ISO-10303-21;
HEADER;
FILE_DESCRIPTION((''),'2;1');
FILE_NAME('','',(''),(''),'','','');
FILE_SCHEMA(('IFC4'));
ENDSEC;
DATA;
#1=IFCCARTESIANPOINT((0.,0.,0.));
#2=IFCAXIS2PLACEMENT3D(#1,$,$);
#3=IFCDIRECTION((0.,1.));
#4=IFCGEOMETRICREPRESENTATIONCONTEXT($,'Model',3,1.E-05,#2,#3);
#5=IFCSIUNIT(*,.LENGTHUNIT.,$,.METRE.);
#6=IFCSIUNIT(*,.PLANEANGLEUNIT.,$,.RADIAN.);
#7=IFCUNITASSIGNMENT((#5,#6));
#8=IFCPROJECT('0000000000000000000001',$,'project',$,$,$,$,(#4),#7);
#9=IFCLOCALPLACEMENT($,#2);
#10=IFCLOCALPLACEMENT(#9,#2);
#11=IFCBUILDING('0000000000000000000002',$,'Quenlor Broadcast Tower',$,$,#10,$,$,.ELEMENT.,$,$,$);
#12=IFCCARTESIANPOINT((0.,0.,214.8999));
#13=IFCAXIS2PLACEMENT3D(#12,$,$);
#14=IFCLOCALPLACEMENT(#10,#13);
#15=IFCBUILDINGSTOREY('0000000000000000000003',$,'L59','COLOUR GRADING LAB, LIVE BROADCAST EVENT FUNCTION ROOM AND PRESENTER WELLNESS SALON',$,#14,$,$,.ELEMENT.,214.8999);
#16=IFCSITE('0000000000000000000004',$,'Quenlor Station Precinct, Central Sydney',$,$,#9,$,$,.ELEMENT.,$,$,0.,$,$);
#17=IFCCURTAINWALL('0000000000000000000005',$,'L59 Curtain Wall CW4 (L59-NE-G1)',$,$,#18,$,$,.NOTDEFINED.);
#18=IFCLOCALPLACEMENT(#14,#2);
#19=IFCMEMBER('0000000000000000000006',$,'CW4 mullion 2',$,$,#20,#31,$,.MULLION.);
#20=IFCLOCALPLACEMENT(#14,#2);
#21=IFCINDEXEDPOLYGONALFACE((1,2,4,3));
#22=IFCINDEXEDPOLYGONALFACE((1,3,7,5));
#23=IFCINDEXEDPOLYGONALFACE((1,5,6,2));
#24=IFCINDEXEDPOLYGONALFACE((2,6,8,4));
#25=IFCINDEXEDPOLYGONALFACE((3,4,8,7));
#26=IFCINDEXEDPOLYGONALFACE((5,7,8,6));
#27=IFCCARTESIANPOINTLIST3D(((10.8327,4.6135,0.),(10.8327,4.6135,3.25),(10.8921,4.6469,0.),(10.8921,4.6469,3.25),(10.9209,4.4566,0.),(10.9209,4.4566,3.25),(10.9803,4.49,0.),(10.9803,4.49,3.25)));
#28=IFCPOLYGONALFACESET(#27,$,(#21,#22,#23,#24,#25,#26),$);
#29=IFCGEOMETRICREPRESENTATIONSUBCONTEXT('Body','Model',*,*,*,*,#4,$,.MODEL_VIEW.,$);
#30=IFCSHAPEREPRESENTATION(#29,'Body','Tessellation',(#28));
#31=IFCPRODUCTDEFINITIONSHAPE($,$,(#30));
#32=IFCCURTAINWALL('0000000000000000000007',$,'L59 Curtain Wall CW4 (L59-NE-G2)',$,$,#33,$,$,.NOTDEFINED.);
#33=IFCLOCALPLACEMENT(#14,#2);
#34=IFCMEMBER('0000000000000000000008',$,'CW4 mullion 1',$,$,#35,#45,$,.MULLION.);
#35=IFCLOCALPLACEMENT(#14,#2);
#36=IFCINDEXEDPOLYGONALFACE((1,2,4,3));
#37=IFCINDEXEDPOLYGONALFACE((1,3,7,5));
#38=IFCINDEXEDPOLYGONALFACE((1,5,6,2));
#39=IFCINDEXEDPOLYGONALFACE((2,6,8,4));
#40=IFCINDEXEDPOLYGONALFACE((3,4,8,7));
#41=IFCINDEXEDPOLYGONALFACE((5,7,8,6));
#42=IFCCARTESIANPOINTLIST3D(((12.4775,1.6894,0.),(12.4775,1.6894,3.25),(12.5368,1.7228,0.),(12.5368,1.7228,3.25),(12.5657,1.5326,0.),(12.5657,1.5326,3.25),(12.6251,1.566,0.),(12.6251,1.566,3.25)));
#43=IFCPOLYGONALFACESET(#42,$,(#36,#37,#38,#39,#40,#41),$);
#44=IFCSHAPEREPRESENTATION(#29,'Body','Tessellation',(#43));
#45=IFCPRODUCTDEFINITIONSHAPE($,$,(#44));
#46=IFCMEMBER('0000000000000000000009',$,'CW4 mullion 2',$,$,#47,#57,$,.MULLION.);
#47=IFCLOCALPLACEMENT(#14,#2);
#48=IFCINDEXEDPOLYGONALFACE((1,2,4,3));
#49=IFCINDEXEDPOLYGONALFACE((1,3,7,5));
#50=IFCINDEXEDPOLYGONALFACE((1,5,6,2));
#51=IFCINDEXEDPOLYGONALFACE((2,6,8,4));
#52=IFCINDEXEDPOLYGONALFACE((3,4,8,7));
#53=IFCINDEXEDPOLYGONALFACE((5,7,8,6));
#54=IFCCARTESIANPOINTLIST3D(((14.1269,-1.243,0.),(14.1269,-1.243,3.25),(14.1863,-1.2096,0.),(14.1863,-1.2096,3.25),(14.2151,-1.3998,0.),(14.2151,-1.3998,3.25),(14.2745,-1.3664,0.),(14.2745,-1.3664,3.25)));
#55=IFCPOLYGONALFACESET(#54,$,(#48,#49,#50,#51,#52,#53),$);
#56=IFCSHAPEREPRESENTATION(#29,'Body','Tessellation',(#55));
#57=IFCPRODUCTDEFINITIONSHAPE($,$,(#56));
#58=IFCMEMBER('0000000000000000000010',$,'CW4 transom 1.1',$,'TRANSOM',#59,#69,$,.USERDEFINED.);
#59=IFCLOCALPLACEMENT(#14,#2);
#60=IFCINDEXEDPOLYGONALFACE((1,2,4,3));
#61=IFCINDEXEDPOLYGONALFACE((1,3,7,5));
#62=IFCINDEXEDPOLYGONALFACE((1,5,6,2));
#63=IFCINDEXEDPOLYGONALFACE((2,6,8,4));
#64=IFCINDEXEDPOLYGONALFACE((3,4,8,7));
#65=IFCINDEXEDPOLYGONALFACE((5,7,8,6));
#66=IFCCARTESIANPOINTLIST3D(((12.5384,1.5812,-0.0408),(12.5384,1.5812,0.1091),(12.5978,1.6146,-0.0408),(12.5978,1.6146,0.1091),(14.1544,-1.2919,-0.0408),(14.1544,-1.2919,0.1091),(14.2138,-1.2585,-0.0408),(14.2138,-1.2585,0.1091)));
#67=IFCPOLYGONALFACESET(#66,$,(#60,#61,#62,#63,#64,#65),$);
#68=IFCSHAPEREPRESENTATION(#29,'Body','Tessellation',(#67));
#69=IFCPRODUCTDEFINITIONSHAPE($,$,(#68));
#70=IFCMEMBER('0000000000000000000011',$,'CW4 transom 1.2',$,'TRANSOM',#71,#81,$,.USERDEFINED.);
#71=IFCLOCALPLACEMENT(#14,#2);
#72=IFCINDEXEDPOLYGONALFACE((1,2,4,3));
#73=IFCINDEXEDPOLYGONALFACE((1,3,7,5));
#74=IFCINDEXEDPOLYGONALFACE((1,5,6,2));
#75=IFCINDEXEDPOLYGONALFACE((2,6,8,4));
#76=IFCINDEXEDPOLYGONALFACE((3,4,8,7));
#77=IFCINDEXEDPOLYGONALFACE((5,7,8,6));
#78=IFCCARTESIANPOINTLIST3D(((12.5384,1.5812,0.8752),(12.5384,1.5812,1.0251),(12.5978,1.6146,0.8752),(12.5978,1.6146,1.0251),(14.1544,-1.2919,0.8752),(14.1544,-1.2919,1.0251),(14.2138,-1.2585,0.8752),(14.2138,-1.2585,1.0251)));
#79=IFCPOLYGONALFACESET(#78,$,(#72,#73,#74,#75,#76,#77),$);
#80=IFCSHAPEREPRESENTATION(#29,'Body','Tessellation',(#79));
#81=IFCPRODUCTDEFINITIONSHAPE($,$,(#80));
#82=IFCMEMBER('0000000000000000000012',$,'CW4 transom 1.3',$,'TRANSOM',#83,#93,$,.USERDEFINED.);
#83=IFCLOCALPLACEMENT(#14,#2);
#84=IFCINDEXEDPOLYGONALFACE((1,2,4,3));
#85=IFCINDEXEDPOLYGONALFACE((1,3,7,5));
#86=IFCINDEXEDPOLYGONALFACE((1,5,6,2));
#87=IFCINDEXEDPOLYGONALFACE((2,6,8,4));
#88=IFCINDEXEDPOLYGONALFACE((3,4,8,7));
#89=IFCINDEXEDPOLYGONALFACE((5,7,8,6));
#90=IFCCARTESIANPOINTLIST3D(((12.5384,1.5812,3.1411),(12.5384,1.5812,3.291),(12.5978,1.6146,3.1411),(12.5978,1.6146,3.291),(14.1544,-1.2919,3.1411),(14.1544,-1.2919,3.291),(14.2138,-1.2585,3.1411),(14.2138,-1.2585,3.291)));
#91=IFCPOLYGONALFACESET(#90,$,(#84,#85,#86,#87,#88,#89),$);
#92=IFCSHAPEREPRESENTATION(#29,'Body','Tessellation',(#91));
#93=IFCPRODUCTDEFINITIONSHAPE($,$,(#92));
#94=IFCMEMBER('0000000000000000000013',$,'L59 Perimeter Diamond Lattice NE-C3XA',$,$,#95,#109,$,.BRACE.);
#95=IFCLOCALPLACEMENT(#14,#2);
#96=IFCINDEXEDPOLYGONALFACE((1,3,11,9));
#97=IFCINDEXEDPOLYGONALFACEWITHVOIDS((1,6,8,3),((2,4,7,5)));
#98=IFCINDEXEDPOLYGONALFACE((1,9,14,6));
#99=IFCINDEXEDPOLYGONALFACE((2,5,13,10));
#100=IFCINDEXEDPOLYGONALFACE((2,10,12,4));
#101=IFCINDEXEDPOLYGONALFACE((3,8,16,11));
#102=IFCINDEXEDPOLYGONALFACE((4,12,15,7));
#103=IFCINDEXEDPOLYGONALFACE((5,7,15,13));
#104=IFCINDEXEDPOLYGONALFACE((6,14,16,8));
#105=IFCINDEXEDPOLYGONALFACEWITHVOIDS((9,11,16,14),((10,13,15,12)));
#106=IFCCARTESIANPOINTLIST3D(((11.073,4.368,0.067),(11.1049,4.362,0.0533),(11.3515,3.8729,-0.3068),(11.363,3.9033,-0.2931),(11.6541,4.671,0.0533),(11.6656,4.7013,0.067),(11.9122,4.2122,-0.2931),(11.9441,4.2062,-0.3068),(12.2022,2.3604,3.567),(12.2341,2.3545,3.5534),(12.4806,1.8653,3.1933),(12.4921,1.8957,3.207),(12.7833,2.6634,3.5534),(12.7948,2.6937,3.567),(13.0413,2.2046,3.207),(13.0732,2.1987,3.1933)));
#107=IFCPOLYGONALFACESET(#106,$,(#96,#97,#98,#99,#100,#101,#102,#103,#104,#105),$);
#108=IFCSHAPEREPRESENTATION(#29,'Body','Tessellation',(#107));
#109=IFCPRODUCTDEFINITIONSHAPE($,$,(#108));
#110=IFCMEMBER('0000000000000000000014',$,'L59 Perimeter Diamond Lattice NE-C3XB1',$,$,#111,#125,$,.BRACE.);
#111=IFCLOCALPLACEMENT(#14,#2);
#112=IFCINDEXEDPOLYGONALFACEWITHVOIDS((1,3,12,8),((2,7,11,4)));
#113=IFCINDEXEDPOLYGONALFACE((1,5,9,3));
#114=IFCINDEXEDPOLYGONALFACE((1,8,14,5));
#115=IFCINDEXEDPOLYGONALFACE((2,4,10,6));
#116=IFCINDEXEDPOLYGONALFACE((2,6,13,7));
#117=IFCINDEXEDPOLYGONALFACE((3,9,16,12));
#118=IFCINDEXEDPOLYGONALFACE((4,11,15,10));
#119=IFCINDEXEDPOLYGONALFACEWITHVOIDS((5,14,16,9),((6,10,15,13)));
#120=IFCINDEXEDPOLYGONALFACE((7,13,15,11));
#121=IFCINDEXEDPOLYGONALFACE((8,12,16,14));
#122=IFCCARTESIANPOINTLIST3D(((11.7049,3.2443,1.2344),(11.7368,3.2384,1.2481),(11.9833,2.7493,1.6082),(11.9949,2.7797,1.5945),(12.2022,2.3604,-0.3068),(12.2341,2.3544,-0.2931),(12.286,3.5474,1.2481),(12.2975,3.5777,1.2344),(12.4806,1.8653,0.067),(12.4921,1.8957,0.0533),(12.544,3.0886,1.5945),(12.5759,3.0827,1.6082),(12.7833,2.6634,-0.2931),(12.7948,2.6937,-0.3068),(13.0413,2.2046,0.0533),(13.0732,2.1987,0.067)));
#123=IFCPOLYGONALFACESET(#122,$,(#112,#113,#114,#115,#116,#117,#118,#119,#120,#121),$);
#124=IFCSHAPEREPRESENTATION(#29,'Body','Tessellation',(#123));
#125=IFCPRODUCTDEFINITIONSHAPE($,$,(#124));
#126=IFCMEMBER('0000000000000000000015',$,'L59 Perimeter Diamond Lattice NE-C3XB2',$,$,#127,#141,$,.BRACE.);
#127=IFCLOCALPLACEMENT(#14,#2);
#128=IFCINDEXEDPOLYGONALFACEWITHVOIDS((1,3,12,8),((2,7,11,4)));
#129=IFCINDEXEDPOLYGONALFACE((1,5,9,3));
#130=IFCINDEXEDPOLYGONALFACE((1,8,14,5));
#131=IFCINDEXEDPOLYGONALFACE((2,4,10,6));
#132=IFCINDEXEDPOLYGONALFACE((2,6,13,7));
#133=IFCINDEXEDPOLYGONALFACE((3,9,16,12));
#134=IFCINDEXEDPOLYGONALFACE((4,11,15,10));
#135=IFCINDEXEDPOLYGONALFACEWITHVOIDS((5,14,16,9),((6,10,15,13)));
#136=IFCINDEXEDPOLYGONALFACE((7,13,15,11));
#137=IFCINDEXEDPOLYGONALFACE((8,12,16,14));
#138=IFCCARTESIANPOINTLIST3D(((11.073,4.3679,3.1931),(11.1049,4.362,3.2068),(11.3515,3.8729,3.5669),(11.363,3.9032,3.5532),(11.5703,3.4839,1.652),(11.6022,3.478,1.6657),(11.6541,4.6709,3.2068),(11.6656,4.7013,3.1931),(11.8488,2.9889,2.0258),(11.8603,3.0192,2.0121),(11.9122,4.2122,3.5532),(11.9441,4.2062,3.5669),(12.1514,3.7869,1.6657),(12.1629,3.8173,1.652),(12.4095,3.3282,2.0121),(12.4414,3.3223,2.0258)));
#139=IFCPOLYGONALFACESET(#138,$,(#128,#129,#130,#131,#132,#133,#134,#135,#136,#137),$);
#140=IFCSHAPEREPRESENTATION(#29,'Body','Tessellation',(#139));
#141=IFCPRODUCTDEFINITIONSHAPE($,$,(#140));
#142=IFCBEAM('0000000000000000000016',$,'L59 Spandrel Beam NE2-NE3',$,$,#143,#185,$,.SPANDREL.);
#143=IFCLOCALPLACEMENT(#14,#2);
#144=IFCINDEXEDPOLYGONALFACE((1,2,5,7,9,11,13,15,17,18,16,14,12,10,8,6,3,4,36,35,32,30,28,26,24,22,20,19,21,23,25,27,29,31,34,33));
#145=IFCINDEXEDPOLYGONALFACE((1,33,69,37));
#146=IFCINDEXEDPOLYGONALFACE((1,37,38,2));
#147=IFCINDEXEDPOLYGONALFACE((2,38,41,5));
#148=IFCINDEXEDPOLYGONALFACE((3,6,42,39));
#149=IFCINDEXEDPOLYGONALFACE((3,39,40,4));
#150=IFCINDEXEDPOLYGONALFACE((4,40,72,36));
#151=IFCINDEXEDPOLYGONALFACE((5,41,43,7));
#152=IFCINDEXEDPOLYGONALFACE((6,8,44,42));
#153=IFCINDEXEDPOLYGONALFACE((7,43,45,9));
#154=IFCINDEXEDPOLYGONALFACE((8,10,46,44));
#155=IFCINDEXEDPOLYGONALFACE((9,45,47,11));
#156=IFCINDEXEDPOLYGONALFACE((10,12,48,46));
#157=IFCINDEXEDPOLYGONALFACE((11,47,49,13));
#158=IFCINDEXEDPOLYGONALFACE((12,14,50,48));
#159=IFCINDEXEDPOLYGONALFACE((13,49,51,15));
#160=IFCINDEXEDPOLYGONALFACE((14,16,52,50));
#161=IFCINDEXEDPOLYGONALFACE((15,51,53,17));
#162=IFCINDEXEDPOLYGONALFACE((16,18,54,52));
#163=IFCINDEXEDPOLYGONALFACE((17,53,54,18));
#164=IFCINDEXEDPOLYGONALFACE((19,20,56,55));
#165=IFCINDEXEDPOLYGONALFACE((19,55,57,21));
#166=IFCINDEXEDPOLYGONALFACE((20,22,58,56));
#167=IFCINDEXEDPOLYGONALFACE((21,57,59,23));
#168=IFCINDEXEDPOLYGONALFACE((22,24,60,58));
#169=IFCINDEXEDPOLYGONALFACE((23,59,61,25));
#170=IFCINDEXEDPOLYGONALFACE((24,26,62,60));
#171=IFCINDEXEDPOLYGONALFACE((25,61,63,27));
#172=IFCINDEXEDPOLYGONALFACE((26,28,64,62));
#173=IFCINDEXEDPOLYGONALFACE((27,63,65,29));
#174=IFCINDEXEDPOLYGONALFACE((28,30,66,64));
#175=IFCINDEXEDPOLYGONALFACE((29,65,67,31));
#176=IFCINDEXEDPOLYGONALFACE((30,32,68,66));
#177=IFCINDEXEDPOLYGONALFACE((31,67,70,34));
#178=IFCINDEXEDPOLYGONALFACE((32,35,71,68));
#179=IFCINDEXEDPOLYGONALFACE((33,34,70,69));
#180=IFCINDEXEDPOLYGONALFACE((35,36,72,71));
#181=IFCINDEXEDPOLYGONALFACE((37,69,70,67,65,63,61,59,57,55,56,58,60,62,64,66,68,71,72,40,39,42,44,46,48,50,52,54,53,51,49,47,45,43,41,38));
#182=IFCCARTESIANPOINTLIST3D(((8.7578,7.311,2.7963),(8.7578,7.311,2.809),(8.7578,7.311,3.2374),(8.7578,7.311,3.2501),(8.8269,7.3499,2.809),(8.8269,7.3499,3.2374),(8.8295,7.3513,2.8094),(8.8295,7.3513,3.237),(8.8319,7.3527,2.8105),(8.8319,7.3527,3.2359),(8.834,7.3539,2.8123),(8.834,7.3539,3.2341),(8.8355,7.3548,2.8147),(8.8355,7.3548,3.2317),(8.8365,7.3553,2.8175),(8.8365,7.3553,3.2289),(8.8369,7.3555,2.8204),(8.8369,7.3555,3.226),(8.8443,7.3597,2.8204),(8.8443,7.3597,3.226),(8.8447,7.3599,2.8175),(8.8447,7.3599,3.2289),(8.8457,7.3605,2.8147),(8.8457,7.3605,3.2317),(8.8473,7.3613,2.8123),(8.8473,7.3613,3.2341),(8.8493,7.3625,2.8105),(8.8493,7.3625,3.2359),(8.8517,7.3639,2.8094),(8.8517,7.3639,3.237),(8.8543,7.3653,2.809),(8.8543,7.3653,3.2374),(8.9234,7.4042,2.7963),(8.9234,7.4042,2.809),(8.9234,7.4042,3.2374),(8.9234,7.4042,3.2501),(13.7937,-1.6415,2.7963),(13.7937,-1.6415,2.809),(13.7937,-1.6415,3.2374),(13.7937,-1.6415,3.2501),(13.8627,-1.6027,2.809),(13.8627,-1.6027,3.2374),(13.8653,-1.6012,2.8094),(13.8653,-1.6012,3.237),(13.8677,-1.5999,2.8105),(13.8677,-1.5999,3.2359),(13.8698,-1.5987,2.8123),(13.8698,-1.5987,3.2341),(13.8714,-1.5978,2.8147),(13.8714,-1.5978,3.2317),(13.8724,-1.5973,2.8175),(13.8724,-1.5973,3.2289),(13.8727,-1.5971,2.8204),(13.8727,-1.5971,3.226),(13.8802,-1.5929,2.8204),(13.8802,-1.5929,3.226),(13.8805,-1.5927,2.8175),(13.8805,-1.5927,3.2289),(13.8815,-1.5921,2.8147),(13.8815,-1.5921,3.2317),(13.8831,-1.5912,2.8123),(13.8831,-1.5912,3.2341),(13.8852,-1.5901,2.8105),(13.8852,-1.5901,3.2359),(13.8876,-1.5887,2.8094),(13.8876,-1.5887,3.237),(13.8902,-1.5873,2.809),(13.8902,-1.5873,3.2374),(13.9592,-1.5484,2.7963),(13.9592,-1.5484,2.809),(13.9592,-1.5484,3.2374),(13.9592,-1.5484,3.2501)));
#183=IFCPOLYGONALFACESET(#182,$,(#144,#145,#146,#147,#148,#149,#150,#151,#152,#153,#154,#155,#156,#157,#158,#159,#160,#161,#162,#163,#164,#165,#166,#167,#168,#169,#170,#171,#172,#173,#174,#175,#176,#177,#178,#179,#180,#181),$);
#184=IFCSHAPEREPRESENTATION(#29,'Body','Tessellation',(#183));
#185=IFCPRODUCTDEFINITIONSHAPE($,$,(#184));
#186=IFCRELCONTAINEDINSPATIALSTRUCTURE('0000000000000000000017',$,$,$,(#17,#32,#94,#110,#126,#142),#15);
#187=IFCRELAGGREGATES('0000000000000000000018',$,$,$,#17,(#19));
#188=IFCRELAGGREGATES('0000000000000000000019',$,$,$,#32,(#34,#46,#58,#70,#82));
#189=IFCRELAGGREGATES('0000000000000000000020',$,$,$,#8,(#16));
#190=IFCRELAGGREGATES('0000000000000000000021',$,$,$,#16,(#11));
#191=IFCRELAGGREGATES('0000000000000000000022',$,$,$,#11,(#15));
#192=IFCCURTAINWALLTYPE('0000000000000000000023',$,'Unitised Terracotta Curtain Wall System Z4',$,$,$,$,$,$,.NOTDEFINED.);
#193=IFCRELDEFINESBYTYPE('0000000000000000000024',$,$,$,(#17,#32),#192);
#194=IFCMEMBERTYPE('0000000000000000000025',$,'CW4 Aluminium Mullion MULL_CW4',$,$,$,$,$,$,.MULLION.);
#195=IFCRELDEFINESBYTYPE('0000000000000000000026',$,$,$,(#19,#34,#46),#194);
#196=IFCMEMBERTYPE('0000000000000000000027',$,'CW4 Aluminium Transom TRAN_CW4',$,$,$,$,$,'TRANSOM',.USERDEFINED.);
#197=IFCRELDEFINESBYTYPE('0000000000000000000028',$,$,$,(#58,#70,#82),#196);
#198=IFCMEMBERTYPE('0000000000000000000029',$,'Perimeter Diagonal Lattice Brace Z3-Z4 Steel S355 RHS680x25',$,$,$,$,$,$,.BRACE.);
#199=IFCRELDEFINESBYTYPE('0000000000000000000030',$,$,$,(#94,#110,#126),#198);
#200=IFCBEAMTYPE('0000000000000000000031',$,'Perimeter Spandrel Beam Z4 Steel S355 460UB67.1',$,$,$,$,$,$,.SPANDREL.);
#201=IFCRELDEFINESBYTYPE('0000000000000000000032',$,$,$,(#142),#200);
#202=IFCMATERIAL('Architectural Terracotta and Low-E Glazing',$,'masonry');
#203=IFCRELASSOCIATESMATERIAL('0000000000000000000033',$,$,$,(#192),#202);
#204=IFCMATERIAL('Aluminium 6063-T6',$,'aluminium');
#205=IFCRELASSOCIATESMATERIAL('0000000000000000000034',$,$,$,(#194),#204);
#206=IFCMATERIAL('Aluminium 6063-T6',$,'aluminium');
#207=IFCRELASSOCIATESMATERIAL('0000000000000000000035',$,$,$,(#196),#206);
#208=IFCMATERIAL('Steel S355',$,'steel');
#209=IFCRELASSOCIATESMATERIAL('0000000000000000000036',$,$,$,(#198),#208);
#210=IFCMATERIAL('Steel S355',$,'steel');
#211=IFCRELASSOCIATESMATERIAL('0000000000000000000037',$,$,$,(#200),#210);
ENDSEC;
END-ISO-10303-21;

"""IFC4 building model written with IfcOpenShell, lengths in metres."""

from ifc_helpers import new_model, si_unit, direction, frame, origin, origin_2d, place, context, subcontext, project, spatial, rectangle, hollow_rectangle, i_section, extrude, material, material_profile, profile_set, type_object, element, aggregate, save


model = new_model("IFC4")

# Units and contexts
model_context = context("Model", 3, precision=1e-05, world=origin(), true_north=direction((0.0, 1.0)))
body_context = subcontext(model_context, "Body", "Model", "MODEL_VIEW")
ifc_project = project(units=[si_unit("LENGTHUNIT", "METRE"), si_unit("PLANEANGLEUNIT", "RADIAN")], contexts=[model_context])

# Site, building, storey
site_placement = place(None, origin())
site = spatial("IfcSite", under=ifc_project, at=site_placement, Name="Quenlor Station Precinct, Central Sydney", CompositionType="ELEMENT", RefElevation=0.0)
building_placement = place(site_placement, origin())
building = spatial("IfcBuilding", under=site, at=building_placement, Name="Quenlor Broadcast Tower", CompositionType="ELEMENT")
storey_placement = place(building_placement, frame((0.0, 0.0, 214.8999)))
storey = spatial("IfcBuildingStorey", under=building, at=storey_placement, Name="L59", Description="COLOUR GRADING LAB, LIVE BROADCAST EVENT FUNCTION ROOM AND PRESENTER WELLNESS SALON", CompositionType="ELEMENT", Elevation=214.8999)

# Curtain wall, member
ifc_material_1 = material(Name="Architectural Terracotta and Low-E Glazing", Category="masonry")
curtain_wall_type = type_object("IfcCurtainWallType", Name="Unitised Terracotta Curtain Wall System Z4", PredefinedType="NOTDEFINED", material=ifc_material_1)
curtain_wall_1_placement = place(storey_placement, origin())
curtain_wall_1 = element("IfcCurtainWall", 1, at=curtain_wall_1_placement, inside=storey, type_object=curtain_wall_type, Name="L59 Curtain Wall CW4 (L59-NE-G1)", PredefinedType="NOTDEFINED")
ifc_material_2 = material(Name="Aluminium 6063-T6", Category="aluminium")
ifc_material_profile_1 = material_profile(ifc_material_2, rectangle(XDim=0.0681, YDim=0.1799, at=origin_2d()))
ifc_profile_set_1 = profile_set([ifc_material_profile_1], Name="Aluminium 6063-T6 MULL68x180")
member_type_1 = type_object("IfcMemberType", Name="CW4 Aluminium Mullion MULL_CW4", PredefinedType="MULLION", material=ifc_profile_set_1)
member_1_placement = place(storey_placement, frame((10.9065, 4.5518, 0.0), z_axis=(0.0, 0.0, 1.0), x_axis=(0.871578, 0.490257, 0.0)))
member_1 = element("IfcMember", 2, at=member_1_placement, type_object=member_type_1, Name="CW4 mullion 2", PredefinedType="MULLION", context=body_context, shape_type="SweptSolid", body=[
    extrude(rectangle(XDim=0.0681, YDim=0.1799, at=origin_2d()), origin(), (0.0, 0.0, 1.0), 3.25),
])

# Curtain wall, members
curtain_wall_2_placement = place(storey_placement, origin())
curtain_wall_2 = element("IfcCurtainWall", 3, at=curtain_wall_2_placement, inside=storey, type_object=curtain_wall_type, Name="L59 Curtain Wall CW4 (L59-NE-G2)", PredefinedType="NOTDEFINED")
member_2_placement = place(storey_placement, frame((12.5513, 1.6277, 0.0), z_axis=(0.0, 0.0, 1.0), x_axis=(0.871578, 0.490257, 0.0)))
member_2 = element("IfcMember", 4, at=member_2_placement, type_object=member_type_1, Name="CW4 mullion 1", PredefinedType="MULLION", context=body_context, shape_type="SweptSolid", body=[
    extrude(rectangle(XDim=0.0681, YDim=0.1799, at=origin_2d()), origin(), (0.0, 0.0, 1.0), 3.25),
])
member_3_placement = place(storey_placement, frame((14.2007, -1.3047, 0.0), z_axis=(0.0, 0.0, 1.0), x_axis=(0.871578, 0.490257, 0.0)))
member_3 = element("IfcMember", 5, at=member_3_placement, type_object=member_type_1, Name="CW4 mullion 2", PredefinedType="MULLION", context=body_context, shape_type="SweptSolid", body=[
    extrude(rectangle(XDim=0.0681, YDim=0.1799, at=origin_2d()), origin(), (0.0, 0.0, 1.0), 3.25),
])
ifc_material_3 = material(Name="Aluminium 6063-T6", Category="aluminium")
ifc_material_profile_2 = material_profile(ifc_material_3, rectangle(XDim=0.0681, YDim=0.1499, at=origin_2d()))
ifc_profile_set_2 = profile_set([ifc_material_profile_2], Name="Aluminium 6063-T6 TRAN68x150")
member_type_2 = type_object("IfcMemberType", Name="CW4 Aluminium Transom TRAN_CW4", ElementType="TRANSOM", PredefinedType="USERDEFINED", material=ifc_profile_set_2)
member_4_placement = place(storey_placement, frame((12.5681, 1.5979, 0.0342), z_axis=(0.490233, -0.871591, 0.0), x_axis=(0.871591, 0.490233, 0.0)))
member_4 = element("IfcMember", 6, at=member_4_placement, type_object=member_type_2, Name="CW4 transom 1.1", ObjectType="TRANSOM", PredefinedType="USERDEFINED", context=body_context, shape_type="SweptSolid", body=[
    extrude(rectangle(XDim=0.0681, YDim=0.1499, at=origin_2d()), origin(), (0.0, 0.0, 1.0), 3.2964),
])
member_5_placement = place(storey_placement, frame((12.5681, 1.5979, 0.9502), z_axis=(0.490233, -0.871591, 0.0), x_axis=(0.871591, 0.490233, 0.0)))
member_5 = element("IfcMember", 7, at=member_5_placement, type_object=member_type_2, Name="CW4 transom 1.2", ObjectType="TRANSOM", PredefinedType="USERDEFINED", context=body_context, shape_type="SweptSolid", body=[
    extrude(rectangle(XDim=0.0681, YDim=0.1499, at=origin_2d()), origin(), (0.0, 0.0, 1.0), 3.2964),
])
member_6_placement = place(storey_placement, frame((12.5681, 1.5979, 3.2161), z_axis=(0.490233, -0.871591, 0.0), x_axis=(0.871591, 0.490233, 0.0)))
member_6 = element("IfcMember", 8, at=member_6_placement, type_object=member_type_2, Name="CW4 transom 1.3", ObjectType="TRANSOM", PredefinedType="USERDEFINED", context=body_context, shape_type="SweptSolid", body=[
    extrude(rectangle(XDim=0.0681, YDim=0.1499, at=origin_2d()), origin(), (0.0, 0.0, 1.0), 3.2964),
])

# Members
ifc_material_4 = material(Name="Steel S355", Category="steel")
ifc_material_profile_3 = material_profile(ifc_material_4, hollow_rectangle(XDim=0.6799, YDim=0.6799, WallThickness=0.0249, at=origin_2d()))
ifc_profile_set_3 = profile_set([ifc_material_profile_3], Name="Steel S355 RHS680x680x25")
member_type_3 = type_object("IfcMemberType", Name="Perimeter Diagonal Lattice Brace Z3-Z4 Steel S355 RHS680x25", PredefinedType="BRACE", material=ifc_profile_set_3)
member_7_placement = place(storey_placement, frame((11.5085, 4.2871, -0.1199), z_axis=(0.269493, -0.479144, 0.835341), x_axis=(0.871595, 0.490226, 0.0)))
element("IfcMember", 9, at=member_7_placement, inside=storey, type_object=member_type_3, Name="L59 Perimeter Diamond Lattice NE-C3XA", PredefinedType="BRACE", context=body_context, shape_type="SweptSolid", body=[
    extrude(hollow_rectangle(XDim=0.6799, YDim=0.6799, WallThickness=0.0249, at=origin_2d()), origin(), (0.0, 0.0, 1.0), 4.1899),
])
for number, where, z_axis, x_axis, name in (
    (10, (12.6377, 2.2795, -0.1199), (-0.269536, 0.47913, 0.835335), (-0.871556, -0.490296, 0.0), "L59 Perimeter Diamond Lattice NE-C3XB1"),
    (11, (12.0059, 3.4031, 1.8389), (-0.269536, 0.47913, 0.835335), (-0.871556, -0.490296, 0.0), "L59 Perimeter Diamond Lattice NE-C3XB2"),
):
    element("IfcMember", number, at=place(storey_placement, frame(where, z_axis=z_axis, x_axis=x_axis)), inside=storey, type_object=member_type_3, Name=name, PredefinedType="BRACE", context=body_context, shape_type="SweptSolid", body=[
        extrude(hollow_rectangle(XDim=0.6799, YDim=0.6799, WallThickness=0.0249, at=origin_2d()), origin(), (0.0, 0.0, 1.0), 1.845),
    ])

# Beam
ifc_material_5 = material(Name="Steel S355", Category="steel")
ifc_material_profile_4 = material_profile(ifc_material_5, i_section(OverallWidth=0.1899, OverallDepth=0.4539, WebThickness=0.0085, FlangeThickness=0.0127, FilletRadius=0.0115, at=origin_2d()))
ifc_profile_set_4 = profile_set([ifc_material_profile_4], Name="Steel S355 460UB67.1")
beam_type_1 = type_object("IfcBeamType", Name="Perimeter Spandrel Beam Z4 Steel S355 460UB67.1", PredefinedType="SPANDREL", material=ifc_profile_set_4)
beam_1_placement = place(storey_placement, frame((13.8765, -1.595, 3.0232), z_axis=(-0.490263, 0.871574, 0.0), x_axis=(-0.871574, -0.490263, 0.0)))
element("IfcBeam", 12, at=beam_1_placement, inside=storey, type_object=beam_type_1, Name="L59 Spandrel Beam NE2-NE3", PredefinedType="SPANDREL", context=body_context, shape_type="SweptSolid", body=[
    extrude(i_section(OverallWidth=0.1899, OverallDepth=0.4539, WebThickness=0.0085, FlangeThickness=0.0127, FilletRadius=0.0115, at=origin_2d()), origin(), (0.0, 0.0, 1.0), 10.2717),
])

aggregate(curtain_wall_1, [member_1])
aggregate(curtain_wall_2, [member_2, member_3, member_4, member_5, member_6])

save(model, "model.ifc")
